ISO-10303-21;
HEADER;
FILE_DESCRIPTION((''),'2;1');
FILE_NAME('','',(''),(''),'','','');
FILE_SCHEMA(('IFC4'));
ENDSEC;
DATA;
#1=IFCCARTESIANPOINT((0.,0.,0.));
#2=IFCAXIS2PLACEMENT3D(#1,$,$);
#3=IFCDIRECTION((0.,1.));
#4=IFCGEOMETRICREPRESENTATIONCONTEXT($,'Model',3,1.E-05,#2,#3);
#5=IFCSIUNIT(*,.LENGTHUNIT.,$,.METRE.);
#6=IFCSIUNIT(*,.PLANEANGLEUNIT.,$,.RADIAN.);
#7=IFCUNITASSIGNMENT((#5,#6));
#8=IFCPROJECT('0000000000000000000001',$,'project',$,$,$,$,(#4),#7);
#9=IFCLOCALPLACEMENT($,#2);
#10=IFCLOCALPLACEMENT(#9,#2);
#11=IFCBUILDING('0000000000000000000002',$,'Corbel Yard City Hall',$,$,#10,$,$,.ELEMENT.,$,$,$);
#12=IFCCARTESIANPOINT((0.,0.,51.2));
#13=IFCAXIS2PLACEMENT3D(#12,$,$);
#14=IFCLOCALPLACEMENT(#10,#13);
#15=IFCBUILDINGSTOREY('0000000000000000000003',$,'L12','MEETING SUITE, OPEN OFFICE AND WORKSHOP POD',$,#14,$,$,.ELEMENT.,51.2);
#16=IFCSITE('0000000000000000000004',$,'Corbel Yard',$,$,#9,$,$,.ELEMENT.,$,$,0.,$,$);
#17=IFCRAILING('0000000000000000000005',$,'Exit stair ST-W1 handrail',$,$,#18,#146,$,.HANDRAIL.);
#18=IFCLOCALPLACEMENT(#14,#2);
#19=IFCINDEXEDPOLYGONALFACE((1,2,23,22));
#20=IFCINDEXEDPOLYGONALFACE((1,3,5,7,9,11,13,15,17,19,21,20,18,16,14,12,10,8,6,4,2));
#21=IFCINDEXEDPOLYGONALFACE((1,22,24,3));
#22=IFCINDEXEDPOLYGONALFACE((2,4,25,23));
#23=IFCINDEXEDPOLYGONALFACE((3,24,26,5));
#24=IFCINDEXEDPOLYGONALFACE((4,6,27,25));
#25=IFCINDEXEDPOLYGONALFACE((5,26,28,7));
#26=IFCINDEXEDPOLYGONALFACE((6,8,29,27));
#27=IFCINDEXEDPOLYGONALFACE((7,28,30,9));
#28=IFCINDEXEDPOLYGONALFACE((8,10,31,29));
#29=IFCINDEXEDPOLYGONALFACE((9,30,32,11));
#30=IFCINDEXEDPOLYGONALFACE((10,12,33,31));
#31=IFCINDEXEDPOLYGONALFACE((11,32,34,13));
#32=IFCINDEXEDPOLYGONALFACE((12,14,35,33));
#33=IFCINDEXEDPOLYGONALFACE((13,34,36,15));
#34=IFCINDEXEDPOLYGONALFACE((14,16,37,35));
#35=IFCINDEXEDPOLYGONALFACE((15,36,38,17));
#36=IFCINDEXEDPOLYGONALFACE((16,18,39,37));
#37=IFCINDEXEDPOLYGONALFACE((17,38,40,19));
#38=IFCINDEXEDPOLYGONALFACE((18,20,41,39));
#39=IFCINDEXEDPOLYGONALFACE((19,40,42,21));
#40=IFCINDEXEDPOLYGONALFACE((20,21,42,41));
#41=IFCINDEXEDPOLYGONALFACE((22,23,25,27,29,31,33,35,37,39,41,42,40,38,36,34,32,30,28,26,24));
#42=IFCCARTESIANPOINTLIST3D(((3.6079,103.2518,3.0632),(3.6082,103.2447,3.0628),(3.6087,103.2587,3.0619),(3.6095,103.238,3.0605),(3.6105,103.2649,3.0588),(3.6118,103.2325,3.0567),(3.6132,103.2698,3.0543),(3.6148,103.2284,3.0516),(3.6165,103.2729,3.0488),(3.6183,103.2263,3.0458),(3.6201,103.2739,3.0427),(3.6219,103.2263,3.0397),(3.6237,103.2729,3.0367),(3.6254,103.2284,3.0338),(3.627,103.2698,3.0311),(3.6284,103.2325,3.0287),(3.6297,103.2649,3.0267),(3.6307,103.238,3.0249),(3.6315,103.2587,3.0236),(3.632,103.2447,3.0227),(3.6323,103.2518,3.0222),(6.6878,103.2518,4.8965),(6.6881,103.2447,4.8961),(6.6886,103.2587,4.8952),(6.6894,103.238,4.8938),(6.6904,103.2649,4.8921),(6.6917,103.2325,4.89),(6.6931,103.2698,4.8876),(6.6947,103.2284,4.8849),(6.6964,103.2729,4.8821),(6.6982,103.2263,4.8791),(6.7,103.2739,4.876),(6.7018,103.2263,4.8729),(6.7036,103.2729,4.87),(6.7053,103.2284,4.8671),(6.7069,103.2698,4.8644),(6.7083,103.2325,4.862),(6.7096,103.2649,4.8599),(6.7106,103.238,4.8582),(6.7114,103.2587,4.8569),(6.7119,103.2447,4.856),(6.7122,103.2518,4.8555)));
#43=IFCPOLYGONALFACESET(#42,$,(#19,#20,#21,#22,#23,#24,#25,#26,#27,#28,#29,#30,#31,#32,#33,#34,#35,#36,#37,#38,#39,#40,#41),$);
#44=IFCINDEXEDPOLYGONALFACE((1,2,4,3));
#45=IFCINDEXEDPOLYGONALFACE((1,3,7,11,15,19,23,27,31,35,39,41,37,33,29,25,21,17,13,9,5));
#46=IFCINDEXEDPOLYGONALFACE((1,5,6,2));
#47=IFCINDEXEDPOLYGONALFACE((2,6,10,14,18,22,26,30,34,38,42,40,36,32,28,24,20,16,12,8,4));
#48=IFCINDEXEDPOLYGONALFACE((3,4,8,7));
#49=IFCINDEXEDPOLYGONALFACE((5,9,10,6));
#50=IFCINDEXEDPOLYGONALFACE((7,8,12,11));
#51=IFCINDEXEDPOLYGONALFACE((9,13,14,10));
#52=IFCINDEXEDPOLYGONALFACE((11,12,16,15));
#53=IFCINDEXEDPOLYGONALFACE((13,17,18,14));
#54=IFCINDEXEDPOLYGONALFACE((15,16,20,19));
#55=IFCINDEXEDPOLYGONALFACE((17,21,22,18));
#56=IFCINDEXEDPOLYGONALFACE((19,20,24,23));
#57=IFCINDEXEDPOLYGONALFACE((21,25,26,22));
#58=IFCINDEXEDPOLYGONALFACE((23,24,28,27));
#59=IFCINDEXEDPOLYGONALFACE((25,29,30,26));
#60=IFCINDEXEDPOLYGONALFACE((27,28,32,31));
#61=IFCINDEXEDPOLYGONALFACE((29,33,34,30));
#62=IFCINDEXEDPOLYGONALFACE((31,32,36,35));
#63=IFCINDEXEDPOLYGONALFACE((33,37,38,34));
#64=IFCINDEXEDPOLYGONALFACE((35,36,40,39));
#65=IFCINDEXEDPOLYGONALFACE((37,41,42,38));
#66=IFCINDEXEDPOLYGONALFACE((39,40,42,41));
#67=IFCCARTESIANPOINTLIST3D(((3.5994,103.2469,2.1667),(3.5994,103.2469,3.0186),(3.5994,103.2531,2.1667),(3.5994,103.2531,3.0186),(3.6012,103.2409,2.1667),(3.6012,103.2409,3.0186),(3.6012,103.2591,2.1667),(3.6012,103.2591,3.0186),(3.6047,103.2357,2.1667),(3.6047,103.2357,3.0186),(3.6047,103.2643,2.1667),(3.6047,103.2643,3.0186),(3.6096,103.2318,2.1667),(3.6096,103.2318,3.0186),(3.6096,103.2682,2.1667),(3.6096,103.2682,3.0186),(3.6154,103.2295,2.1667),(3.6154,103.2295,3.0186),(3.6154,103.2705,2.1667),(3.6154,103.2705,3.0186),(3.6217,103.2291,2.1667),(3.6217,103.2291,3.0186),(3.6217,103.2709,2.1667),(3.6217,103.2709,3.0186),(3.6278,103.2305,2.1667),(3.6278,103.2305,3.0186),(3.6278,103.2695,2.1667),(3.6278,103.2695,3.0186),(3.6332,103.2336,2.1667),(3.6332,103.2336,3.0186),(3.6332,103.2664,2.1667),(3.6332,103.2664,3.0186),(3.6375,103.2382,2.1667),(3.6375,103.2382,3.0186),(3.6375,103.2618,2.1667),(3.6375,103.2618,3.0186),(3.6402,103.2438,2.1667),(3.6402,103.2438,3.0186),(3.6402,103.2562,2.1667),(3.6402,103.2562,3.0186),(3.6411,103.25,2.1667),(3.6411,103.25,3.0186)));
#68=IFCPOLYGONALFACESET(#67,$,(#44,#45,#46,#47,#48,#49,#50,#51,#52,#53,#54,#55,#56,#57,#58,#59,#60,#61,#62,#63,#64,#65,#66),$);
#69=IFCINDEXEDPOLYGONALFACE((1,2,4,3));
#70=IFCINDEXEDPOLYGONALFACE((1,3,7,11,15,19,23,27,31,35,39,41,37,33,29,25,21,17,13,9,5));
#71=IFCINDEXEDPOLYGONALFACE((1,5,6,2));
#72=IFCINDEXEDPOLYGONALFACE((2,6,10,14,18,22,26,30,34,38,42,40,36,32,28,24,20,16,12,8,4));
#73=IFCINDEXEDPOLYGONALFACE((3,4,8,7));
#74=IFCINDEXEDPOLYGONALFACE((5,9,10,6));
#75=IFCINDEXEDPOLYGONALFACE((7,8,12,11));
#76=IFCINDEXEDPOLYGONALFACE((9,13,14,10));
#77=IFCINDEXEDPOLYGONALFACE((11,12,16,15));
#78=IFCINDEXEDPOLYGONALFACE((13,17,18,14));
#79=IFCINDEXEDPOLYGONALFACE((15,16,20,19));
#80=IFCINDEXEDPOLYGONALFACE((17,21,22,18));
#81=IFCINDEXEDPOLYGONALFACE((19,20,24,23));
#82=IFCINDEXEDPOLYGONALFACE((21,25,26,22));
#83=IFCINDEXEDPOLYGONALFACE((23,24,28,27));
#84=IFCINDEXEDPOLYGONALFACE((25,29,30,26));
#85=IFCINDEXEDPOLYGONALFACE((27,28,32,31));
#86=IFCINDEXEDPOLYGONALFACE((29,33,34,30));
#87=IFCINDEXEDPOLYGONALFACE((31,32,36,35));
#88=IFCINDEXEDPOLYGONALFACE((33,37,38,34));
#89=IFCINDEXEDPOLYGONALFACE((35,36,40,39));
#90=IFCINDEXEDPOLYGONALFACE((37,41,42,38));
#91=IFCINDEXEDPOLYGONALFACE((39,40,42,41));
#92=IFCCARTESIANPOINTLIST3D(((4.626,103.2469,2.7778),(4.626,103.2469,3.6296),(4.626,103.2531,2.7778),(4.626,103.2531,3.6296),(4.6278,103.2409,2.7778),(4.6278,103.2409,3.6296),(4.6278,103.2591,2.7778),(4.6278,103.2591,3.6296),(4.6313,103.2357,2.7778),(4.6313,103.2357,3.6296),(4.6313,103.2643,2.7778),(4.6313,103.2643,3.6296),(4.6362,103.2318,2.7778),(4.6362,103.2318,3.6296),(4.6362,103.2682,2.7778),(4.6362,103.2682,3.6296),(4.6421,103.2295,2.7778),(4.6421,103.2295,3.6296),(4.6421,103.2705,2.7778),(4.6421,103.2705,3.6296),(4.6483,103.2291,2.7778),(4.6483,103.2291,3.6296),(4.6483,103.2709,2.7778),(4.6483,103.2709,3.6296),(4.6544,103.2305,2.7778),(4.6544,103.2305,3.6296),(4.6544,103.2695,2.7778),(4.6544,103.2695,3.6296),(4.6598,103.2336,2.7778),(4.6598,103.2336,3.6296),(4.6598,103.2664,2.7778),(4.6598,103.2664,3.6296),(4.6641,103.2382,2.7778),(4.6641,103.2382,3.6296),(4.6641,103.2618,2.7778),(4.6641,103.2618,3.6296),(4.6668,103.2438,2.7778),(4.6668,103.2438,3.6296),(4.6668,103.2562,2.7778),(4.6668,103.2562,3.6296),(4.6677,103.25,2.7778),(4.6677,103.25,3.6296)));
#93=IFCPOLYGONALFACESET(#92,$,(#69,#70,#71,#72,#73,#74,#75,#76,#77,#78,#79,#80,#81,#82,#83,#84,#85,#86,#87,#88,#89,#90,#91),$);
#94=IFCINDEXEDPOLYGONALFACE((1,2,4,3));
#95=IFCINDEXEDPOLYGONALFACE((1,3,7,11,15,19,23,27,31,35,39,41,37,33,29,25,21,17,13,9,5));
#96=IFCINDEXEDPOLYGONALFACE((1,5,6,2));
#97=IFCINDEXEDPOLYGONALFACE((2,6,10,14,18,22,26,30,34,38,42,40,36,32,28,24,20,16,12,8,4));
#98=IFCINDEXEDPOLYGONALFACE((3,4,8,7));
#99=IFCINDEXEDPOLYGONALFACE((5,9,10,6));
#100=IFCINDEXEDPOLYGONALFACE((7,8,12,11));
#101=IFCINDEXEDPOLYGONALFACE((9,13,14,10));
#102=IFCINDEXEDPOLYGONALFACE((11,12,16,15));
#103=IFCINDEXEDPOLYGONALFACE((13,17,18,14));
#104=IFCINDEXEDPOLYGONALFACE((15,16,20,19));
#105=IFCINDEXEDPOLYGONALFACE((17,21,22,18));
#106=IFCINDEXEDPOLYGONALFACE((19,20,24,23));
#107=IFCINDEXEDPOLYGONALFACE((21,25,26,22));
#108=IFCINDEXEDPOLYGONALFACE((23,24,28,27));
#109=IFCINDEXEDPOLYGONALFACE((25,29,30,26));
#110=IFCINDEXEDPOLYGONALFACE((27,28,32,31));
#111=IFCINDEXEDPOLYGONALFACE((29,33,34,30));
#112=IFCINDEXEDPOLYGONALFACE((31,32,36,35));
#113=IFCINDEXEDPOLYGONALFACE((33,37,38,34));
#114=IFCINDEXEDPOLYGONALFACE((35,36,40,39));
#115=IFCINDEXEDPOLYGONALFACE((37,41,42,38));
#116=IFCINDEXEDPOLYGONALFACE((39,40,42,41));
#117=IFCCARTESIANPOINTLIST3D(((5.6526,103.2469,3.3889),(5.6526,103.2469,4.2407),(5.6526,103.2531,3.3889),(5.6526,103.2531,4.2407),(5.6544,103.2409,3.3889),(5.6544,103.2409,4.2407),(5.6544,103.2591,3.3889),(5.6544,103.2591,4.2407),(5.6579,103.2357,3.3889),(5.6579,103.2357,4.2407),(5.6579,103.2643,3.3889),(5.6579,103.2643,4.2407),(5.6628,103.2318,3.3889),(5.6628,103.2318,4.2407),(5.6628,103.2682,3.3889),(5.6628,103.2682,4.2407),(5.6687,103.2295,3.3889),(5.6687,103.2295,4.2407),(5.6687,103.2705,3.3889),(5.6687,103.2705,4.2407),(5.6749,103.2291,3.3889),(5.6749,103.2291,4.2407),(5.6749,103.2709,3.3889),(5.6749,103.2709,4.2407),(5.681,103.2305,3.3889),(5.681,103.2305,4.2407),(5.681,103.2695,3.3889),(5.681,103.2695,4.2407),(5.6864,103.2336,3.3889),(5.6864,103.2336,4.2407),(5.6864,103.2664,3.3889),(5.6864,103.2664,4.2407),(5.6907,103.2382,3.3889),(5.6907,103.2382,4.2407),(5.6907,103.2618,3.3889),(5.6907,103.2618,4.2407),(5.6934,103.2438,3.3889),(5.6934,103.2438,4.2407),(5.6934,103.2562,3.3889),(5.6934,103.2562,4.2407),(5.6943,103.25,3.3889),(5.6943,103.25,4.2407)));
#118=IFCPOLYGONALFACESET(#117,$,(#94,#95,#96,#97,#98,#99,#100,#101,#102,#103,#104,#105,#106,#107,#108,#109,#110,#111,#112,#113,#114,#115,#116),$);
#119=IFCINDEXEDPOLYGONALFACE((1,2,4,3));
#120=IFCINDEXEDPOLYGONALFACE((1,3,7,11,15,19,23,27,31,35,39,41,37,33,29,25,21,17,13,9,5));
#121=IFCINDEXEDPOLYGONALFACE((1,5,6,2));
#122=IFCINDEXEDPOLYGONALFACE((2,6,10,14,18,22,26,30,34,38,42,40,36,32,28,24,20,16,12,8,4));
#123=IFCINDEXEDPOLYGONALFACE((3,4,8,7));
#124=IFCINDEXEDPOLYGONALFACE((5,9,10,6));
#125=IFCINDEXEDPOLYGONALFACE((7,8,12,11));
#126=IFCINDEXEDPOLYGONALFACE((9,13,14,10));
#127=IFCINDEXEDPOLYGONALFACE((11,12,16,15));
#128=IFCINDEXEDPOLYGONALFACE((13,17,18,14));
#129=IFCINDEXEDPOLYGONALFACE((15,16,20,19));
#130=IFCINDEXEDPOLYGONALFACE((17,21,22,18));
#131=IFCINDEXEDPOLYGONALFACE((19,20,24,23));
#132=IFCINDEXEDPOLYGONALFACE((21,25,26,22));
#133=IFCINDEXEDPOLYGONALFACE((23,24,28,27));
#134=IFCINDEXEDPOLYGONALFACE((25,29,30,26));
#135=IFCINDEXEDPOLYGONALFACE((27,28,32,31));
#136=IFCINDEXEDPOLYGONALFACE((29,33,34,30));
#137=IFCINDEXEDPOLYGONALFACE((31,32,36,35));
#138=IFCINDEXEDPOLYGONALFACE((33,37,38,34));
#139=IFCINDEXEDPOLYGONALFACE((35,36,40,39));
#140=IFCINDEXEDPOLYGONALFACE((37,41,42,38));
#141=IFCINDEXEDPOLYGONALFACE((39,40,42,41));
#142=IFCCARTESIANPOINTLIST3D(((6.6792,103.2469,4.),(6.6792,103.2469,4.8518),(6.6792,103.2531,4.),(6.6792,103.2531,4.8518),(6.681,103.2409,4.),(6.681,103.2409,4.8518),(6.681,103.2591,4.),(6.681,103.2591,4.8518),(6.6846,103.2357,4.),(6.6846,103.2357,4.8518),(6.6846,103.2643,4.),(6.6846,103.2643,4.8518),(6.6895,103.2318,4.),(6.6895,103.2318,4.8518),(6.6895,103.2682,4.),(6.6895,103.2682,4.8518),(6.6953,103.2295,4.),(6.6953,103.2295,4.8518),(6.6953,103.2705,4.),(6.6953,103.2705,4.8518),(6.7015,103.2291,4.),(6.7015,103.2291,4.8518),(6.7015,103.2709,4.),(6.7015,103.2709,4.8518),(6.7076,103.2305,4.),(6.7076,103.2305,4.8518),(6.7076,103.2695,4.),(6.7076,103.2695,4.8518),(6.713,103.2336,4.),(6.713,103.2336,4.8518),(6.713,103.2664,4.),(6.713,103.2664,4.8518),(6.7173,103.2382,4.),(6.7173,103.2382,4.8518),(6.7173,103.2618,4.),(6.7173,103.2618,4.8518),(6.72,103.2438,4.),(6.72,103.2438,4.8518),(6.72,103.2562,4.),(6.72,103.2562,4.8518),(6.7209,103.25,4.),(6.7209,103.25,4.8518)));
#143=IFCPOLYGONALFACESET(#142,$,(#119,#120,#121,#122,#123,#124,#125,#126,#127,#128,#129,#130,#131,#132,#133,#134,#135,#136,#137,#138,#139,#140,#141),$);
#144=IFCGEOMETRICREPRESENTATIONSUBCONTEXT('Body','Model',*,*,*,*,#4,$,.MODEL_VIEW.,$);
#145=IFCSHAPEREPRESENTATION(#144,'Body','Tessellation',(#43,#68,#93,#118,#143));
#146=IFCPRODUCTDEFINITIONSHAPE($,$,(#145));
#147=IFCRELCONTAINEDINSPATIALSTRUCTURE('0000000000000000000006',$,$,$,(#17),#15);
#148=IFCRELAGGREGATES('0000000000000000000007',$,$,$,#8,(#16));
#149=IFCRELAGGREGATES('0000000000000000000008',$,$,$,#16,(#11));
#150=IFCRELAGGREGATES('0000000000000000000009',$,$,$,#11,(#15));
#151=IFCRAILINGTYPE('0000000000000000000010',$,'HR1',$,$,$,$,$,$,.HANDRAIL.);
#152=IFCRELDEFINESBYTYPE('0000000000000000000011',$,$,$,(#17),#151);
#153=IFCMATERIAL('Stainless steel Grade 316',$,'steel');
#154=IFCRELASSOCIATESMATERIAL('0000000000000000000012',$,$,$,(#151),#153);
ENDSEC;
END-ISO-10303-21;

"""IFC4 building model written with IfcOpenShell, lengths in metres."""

from ifc_helpers import new_model, si_unit, direction, frame, origin, origin_2d, place, context, subcontext, project, spatial, circle, extrude, material, type_object, element, save


model = new_model("IFC4")

# Units and contexts
model_context = context("Model", 3, precision=1e-05, world=origin(), true_north=direction((0.0, 1.0)))
body_context = subcontext(model_context, "Body", "Model", "MODEL_VIEW")
ifc_project = project(units=[si_unit("LENGTHUNIT", "METRE"), si_unit("PLANEANGLEUNIT", "RADIAN")], contexts=[model_context])

# Site, building, storey
site_placement = place(None, origin())
site = spatial("IfcSite", under=ifc_project, at=site_placement, Name="Corbel Yard", CompositionType="ELEMENT", RefElevation=0.0)
building_placement = place(site_placement, origin())
building = spatial("IfcBuilding", under=site, at=building_placement, Name="Corbel Yard City Hall", CompositionType="ELEMENT")
storey_placement = place(building_placement, frame((0.0, 0.0, 51.2)))
storey = spatial("IfcBuildingStorey", under=building, at=storey_placement, Name="L12", Description="MEETING SUITE, OPEN OFFICE AND WORKSHOP POD", CompositionType="ELEMENT", Elevation=51.2)

# Shared definitions
ifc_material_1 = material(Name="Stainless steel Grade 316", Category="steel")

# Railing
railing_type = type_object("IfcRailingType", Name="HR1", PredefinedType="HANDRAIL", material=ifc_material_1)
for number, where, name in (
    (1, (3.6201, 103.25, 2.1667), "Exit stair ST-W1 handrail"),
):
    element("IfcRailing", number, at=place(storey_placement, frame(where)), inside=storey, type_object=railing_type, Name=name, PredefinedType="HANDRAIL", context=body_context, shape_type="SweptSolid", body=[
        extrude(circle(Radius=0.0239, at=origin_2d()), frame((0.0, 0.0, 0.876), z_axis=(0.859291, 0.0, 0.511487), x_axis=(0.0, 1.0, 0.0)), (0.0, 0.0, 1.0), 3.5842),
        extrude(circle(Radius=0.021, at=origin_2d()), origin(), (0.0, 0.0, 1.0), 0.8518),
        extrude(circle(Radius=0.021, at=origin_2d()), frame((1.0266, 0.0, 0.6111)), (0.0, 0.0, 1.0), 0.8518),
        extrude(circle(Radius=0.021, at=origin_2d()), frame((2.0532, 0.0, 1.2222)), (0.0, 0.0, 1.0), 0.8518),
        extrude(circle(Radius=0.021, at=origin_2d()), frame((3.0798, 0.0, 1.8333)), (0.0, 0.0, 1.0), 0.8518),
    ])

save(model, "model.ifc")
